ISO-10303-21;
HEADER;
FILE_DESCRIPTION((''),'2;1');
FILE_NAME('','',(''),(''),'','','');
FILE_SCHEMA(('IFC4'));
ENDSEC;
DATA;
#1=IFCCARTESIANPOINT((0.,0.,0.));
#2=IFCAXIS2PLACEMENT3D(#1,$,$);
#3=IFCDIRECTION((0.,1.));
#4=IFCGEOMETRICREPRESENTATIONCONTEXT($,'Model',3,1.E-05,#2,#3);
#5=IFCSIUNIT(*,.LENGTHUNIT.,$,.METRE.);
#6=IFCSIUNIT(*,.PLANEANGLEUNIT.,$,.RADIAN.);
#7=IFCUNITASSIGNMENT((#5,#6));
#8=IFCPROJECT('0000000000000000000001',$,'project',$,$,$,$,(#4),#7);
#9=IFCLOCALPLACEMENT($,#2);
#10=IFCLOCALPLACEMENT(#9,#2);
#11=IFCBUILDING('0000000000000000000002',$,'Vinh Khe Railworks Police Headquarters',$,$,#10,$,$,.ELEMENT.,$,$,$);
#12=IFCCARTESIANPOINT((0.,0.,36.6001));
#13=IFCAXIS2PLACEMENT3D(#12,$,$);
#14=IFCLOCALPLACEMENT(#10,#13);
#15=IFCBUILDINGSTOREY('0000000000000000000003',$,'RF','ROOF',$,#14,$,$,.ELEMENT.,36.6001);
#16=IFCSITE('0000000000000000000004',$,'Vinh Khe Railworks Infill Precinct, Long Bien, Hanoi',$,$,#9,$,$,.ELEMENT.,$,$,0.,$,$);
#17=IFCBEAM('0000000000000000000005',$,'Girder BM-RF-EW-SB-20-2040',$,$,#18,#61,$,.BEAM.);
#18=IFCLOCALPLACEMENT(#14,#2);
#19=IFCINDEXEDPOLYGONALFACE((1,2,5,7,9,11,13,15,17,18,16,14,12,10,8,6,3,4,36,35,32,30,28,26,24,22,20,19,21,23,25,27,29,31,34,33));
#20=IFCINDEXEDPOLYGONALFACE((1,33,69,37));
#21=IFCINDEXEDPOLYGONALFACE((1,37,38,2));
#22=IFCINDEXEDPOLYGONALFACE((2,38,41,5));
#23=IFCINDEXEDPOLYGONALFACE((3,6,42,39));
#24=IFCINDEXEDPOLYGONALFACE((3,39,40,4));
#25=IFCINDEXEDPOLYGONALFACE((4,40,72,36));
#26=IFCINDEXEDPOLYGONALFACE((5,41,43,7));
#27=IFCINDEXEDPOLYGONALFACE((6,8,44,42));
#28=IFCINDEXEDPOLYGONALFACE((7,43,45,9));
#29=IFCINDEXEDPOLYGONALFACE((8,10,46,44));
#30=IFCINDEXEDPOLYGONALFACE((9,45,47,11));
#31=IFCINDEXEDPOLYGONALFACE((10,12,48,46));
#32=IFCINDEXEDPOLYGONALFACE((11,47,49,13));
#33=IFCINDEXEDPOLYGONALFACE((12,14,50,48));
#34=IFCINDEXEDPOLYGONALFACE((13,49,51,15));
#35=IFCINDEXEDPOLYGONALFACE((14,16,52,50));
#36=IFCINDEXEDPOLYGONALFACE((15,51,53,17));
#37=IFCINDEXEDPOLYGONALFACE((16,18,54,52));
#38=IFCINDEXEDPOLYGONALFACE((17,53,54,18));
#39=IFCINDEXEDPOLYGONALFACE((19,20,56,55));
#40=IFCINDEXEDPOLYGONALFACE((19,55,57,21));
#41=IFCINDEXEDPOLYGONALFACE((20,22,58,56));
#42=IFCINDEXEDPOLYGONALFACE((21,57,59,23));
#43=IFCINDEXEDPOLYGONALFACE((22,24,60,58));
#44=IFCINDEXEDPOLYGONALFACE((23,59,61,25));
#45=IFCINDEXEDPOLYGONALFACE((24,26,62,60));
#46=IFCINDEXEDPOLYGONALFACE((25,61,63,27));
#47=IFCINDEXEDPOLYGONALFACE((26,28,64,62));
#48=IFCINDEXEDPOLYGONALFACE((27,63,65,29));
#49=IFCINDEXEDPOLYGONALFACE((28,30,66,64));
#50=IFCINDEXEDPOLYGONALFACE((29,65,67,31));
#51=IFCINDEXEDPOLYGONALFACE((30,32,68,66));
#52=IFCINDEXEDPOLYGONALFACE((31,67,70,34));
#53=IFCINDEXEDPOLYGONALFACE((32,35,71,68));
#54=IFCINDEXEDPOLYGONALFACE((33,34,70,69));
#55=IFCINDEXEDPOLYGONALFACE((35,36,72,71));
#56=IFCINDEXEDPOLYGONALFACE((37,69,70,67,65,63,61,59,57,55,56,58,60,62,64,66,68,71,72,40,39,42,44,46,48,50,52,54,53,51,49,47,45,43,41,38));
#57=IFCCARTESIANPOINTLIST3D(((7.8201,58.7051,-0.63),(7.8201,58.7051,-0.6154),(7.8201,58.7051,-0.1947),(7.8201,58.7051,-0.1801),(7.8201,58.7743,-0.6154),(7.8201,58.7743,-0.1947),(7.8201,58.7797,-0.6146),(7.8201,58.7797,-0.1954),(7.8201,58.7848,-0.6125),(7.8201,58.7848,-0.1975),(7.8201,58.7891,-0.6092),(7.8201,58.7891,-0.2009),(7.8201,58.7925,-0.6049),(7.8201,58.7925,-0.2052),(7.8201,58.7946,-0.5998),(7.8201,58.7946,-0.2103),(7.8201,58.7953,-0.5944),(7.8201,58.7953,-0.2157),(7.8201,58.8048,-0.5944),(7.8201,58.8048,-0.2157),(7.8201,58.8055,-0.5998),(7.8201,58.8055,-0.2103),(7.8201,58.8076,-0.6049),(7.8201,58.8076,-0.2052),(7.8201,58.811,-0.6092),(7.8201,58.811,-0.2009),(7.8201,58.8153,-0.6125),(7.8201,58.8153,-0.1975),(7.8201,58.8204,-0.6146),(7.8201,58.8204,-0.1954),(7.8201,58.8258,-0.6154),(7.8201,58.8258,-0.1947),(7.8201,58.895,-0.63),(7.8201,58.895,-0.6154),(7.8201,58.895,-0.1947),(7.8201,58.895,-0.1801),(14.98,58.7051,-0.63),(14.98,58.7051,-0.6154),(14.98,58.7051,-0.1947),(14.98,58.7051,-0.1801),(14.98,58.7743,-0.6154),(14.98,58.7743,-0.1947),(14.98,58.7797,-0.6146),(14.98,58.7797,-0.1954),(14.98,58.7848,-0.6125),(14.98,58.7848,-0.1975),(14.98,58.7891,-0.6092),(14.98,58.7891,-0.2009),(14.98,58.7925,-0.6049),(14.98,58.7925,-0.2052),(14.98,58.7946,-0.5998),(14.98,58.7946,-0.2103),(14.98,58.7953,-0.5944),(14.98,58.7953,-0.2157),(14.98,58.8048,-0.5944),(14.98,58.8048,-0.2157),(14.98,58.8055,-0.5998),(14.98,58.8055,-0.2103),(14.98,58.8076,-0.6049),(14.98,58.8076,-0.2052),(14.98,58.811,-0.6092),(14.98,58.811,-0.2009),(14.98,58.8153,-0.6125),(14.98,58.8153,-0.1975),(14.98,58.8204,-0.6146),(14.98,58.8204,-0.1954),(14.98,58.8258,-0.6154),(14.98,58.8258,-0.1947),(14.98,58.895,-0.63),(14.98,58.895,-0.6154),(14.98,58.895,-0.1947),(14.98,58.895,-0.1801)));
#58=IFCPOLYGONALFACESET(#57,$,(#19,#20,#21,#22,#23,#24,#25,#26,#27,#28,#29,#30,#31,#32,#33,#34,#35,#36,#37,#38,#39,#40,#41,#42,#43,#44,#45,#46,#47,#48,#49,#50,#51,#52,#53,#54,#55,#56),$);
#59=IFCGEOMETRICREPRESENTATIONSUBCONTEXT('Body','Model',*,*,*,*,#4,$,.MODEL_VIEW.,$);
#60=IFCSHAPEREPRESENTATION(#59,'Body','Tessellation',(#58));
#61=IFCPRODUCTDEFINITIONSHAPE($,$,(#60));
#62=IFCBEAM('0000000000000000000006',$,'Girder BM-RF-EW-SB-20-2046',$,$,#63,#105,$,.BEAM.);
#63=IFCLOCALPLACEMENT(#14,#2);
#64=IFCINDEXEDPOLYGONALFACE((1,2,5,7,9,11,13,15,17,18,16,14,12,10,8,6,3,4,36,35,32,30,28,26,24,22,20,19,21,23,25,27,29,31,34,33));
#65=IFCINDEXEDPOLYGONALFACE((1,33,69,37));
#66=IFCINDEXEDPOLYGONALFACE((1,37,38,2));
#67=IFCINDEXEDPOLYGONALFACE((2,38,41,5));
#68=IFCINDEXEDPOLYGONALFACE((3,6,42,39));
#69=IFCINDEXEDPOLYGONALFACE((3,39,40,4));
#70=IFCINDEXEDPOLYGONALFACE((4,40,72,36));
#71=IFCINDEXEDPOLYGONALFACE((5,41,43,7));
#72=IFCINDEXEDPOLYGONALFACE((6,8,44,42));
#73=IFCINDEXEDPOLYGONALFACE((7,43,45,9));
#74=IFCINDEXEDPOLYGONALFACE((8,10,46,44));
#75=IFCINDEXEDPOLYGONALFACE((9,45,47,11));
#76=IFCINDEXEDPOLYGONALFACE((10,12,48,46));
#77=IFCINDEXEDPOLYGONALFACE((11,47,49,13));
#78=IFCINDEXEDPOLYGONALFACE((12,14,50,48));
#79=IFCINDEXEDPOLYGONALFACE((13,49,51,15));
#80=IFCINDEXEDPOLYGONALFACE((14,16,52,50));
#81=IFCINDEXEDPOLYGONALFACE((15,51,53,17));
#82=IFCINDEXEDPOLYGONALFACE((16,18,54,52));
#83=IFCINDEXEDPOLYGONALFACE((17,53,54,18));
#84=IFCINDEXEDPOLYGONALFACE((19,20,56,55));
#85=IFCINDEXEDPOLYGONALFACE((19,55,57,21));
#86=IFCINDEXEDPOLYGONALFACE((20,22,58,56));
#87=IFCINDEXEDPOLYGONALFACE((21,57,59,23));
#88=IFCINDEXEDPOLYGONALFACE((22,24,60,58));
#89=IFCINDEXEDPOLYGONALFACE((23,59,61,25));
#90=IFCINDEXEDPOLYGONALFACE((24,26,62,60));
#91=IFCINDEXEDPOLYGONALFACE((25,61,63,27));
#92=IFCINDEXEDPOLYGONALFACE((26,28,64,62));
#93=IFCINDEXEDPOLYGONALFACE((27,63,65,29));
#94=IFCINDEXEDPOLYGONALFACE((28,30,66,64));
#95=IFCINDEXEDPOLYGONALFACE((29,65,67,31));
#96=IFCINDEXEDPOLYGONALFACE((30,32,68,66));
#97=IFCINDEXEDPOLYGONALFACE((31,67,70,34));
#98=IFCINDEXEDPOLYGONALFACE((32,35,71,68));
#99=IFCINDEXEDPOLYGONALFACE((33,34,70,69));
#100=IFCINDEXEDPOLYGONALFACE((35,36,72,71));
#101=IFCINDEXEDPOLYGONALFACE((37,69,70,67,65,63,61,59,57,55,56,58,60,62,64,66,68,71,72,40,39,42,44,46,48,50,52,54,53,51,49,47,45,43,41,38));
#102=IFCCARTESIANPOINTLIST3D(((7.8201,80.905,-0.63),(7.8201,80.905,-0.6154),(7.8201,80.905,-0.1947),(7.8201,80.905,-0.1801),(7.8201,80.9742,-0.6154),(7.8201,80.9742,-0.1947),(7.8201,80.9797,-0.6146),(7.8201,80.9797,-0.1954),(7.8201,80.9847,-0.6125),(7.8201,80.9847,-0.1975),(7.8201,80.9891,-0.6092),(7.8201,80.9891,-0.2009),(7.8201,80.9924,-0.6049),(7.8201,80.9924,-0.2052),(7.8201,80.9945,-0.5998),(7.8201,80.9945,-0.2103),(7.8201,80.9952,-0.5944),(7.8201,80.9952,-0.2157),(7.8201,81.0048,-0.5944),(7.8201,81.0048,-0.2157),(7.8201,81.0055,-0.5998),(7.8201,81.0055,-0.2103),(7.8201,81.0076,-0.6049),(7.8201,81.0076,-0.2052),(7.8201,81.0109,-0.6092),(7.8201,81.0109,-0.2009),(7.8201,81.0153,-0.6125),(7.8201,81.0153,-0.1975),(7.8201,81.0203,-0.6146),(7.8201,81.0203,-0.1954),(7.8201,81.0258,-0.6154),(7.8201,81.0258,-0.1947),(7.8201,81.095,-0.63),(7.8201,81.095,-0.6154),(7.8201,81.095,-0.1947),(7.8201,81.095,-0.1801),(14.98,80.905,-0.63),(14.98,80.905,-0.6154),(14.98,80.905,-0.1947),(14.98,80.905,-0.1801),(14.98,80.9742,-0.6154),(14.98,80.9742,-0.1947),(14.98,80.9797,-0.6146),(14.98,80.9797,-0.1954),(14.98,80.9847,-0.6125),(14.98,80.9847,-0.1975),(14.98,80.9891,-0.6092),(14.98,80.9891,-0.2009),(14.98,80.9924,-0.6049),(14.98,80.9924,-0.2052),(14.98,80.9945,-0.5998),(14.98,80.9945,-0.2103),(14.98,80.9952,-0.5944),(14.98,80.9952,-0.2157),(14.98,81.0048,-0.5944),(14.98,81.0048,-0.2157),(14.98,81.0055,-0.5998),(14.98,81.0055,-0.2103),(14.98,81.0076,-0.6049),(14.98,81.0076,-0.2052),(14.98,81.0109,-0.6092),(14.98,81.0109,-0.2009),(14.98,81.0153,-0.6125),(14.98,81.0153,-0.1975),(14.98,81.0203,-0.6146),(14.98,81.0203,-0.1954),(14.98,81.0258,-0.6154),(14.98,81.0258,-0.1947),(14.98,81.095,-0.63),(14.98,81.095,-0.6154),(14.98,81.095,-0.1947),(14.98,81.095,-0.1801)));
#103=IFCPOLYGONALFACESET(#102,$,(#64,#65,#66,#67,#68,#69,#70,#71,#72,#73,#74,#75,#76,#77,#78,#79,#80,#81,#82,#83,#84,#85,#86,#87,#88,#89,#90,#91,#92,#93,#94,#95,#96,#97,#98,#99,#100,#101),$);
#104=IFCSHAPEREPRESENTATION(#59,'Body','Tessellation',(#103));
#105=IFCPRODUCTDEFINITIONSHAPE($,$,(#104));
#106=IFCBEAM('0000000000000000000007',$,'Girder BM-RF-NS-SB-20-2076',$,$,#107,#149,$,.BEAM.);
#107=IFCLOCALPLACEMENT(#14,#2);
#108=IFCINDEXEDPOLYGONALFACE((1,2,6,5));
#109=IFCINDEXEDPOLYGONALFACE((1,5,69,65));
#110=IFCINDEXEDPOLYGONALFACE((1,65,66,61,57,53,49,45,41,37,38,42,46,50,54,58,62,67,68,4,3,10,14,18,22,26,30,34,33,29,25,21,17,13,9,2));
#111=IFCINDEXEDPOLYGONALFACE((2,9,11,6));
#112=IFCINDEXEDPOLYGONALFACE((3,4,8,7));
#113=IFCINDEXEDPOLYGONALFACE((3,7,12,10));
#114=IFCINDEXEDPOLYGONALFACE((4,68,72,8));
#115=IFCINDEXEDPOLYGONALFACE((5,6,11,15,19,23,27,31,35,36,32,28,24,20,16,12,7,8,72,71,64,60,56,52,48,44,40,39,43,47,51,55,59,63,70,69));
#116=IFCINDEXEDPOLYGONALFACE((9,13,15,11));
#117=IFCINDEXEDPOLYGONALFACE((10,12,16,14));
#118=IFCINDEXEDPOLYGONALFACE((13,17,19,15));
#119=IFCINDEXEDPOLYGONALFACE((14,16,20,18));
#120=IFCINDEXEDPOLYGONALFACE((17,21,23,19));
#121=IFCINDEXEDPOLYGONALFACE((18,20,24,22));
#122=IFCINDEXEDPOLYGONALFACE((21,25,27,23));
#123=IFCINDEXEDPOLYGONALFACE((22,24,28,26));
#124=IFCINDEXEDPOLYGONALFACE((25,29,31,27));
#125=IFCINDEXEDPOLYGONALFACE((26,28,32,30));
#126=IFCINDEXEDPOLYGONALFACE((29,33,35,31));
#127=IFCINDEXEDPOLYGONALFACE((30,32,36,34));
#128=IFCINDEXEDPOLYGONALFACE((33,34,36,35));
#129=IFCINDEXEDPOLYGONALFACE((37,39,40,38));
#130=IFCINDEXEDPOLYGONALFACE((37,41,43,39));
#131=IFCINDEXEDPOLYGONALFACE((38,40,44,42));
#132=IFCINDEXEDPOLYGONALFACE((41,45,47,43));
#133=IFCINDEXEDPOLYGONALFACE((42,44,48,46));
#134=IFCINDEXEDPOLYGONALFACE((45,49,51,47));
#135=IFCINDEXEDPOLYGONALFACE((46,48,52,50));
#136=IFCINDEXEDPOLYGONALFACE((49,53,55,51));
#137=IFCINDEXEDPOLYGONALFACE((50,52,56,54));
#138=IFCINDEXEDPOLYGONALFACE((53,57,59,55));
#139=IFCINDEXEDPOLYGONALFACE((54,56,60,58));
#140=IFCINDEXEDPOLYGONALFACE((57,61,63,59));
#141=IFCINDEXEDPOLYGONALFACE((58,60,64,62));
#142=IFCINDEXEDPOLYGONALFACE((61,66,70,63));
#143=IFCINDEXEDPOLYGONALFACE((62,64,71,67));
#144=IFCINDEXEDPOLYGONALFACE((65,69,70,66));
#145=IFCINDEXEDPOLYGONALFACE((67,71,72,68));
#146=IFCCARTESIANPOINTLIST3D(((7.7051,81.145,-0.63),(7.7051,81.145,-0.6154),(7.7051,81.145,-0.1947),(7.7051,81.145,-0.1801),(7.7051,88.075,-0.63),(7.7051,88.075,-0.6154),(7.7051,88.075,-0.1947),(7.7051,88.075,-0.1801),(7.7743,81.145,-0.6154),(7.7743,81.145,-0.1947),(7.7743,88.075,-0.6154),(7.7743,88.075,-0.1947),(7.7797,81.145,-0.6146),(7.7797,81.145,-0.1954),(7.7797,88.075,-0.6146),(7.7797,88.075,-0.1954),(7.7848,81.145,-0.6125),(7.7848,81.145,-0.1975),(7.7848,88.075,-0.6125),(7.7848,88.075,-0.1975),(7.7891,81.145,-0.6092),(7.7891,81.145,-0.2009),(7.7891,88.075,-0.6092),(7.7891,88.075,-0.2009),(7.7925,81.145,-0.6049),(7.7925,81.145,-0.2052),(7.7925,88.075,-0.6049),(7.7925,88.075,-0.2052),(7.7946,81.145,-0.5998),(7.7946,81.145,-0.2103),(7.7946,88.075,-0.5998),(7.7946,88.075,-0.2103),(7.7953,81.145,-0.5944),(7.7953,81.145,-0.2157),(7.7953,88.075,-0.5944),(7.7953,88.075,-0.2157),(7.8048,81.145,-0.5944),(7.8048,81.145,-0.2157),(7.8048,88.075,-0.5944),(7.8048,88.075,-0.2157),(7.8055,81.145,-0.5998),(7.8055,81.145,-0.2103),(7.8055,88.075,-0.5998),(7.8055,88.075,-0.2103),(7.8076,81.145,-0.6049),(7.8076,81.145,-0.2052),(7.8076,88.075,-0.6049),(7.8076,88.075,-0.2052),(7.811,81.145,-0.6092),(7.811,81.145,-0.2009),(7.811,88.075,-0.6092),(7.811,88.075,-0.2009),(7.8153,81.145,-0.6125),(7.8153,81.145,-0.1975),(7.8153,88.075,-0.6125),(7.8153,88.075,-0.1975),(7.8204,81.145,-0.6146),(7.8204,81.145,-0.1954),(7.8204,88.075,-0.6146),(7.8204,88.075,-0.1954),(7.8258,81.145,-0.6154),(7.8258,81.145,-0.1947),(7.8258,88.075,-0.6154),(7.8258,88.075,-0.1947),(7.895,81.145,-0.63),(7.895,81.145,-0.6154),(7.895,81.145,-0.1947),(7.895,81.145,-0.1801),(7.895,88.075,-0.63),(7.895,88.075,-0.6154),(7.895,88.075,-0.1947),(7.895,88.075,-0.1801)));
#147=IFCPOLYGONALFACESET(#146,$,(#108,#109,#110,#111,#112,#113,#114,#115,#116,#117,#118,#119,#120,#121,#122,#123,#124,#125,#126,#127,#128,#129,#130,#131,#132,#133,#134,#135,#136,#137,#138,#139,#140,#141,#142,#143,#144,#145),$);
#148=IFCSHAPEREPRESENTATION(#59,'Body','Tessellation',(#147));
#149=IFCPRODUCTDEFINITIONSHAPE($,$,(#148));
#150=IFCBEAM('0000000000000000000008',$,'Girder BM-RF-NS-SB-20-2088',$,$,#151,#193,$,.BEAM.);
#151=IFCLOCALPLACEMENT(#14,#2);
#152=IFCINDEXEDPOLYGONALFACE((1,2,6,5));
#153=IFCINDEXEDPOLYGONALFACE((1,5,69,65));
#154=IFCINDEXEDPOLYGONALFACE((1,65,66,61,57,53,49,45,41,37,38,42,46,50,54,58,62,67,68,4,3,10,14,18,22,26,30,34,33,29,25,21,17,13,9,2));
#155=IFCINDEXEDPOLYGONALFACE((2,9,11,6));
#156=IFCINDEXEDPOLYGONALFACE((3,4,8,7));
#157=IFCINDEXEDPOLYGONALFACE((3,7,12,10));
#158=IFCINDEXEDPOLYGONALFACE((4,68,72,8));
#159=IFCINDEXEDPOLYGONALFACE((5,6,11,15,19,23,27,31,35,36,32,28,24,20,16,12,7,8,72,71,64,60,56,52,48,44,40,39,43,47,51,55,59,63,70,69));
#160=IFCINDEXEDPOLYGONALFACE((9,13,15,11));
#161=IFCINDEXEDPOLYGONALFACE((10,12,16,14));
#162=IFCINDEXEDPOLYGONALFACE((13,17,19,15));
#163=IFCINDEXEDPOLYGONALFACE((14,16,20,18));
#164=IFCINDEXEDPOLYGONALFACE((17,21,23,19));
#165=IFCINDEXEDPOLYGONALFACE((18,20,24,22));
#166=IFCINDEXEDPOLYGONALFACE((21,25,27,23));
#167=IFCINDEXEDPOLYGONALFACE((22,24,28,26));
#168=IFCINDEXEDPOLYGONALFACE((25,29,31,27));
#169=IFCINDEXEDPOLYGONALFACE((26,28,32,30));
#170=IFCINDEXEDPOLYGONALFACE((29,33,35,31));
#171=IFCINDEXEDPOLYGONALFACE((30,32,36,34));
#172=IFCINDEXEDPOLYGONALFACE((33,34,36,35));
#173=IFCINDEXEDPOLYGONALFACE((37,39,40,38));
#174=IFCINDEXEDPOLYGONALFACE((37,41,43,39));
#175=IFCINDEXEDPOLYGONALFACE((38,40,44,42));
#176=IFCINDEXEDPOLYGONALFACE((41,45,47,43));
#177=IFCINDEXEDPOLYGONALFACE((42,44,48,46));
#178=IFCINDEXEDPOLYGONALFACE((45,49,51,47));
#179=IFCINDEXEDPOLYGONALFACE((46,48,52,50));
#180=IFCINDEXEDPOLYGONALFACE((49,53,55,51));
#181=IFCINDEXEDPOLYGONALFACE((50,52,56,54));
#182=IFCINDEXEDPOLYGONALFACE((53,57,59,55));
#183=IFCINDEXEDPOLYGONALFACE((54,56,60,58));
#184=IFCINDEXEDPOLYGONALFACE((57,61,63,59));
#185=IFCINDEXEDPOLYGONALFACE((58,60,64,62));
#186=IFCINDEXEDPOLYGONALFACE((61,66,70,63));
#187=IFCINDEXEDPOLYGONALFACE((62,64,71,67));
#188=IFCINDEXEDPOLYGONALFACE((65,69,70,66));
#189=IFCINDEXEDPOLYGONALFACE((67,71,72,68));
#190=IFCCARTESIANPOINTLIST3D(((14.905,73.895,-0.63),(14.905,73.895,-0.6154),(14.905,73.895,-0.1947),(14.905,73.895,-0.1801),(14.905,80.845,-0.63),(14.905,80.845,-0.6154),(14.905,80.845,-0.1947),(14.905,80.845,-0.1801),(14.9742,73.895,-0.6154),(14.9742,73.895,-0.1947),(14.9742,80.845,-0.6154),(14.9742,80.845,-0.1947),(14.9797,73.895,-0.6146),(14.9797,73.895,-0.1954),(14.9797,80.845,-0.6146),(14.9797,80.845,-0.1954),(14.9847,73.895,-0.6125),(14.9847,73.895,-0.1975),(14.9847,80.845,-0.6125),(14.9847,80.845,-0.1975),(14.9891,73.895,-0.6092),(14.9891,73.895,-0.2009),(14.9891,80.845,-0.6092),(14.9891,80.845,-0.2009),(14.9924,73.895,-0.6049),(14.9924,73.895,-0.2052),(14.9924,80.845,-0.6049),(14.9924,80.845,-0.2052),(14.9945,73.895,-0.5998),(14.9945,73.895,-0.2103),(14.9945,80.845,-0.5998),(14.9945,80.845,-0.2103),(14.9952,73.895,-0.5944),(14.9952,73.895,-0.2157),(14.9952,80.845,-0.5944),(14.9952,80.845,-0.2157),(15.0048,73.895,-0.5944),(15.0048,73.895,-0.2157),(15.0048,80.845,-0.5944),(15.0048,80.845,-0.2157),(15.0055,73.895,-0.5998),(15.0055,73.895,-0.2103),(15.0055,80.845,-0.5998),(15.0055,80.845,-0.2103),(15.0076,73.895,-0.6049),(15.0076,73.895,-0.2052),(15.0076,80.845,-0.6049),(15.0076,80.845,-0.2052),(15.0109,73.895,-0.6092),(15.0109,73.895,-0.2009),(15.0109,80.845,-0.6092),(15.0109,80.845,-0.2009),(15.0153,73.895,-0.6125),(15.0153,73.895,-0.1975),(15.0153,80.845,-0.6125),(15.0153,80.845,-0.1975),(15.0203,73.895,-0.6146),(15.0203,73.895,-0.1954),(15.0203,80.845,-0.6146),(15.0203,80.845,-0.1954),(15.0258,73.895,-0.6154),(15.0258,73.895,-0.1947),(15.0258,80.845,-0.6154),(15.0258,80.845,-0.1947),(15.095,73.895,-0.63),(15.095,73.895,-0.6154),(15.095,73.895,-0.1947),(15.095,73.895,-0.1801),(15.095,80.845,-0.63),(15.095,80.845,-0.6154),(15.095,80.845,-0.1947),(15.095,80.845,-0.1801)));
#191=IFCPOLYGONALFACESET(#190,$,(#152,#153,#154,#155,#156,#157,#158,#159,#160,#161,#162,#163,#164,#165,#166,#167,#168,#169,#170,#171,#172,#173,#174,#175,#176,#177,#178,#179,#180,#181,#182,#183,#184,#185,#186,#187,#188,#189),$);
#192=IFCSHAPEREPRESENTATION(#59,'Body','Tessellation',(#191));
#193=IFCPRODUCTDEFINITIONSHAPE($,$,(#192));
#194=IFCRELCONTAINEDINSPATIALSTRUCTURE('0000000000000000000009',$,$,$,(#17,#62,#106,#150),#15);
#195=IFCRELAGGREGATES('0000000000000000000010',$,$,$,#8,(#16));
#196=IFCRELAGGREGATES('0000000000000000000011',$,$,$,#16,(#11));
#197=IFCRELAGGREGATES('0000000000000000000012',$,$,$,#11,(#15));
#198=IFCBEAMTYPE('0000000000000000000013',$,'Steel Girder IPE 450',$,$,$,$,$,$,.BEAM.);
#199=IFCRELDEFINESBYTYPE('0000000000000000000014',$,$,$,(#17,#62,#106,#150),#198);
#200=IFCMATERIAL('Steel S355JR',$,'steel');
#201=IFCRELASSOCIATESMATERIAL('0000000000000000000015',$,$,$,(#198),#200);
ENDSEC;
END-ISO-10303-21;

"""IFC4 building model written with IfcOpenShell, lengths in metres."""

from ifc_helpers import new_model, si_unit, direction, frame, origin, origin_2d, place, context, subcontext, project, spatial, i_section, extrude, material, material_profile, profile_set, type_object, element, save


model = new_model("IFC4")

# Units and contexts
model_context = context("Model", 3, precision=1e-05, world=origin(), true_north=direction((0.0, 1.0)))
body_context = subcontext(model_context, "Body", "Model", "MODEL_VIEW")
ifc_project = project(units=[si_unit("LENGTHUNIT", "METRE"), si_unit("PLANEANGLEUNIT", "RADIAN")], contexts=[model_context])

# Site, building, storey
site_placement = place(None, origin())
site = spatial("IfcSite", under=ifc_project, at=site_placement, Name="Vinh Khe Railworks Infill Precinct, Long Bien, Hanoi", CompositionType="ELEMENT", RefElevation=0.0)
building_placement = place(site_placement, origin())
building = spatial("IfcBuilding", under=site, at=building_placement, Name="Vinh Khe Railworks Police Headquarters", CompositionType="ELEMENT")
storey_placement = place(building_placement, frame((0.0, 0.0, 36.6001)))
storey = spatial("IfcBuildingStorey", under=building, at=storey_placement, Name="RF", Description="ROOF", CompositionType="ELEMENT", Elevation=36.6001)

# Shared definitions
ifc_material_1 = material(Name="Steel S355JR", Category="steel")

# Beams
ifc_material_profile_1 = material_profile(ifc_material_1, i_section(OverallWidth=0.1899, OverallDepth=0.45, WebThickness=0.0095, FlangeThickness=0.0146, FilletRadius=0.021, at=origin_2d()), Name="IPE 450")
ifc_profile_set_1 = profile_set([ifc_material_profile_1], Name="Steel S355JR")
beam_type_1 = type_object("IfcBeamType", Name="Steel Girder IPE 450", PredefinedType="BEAM", material=ifc_profile_set_1)
for number, where, z_axis, x_axis, name in (
    (1, (7.8201, 58.8, -0.405), (1.0, 0.0, 0.0), (0.0, 1.0, 0.0), "Girder BM-RF-EW-SB-20-2040"),
    (2, (7.8201, 81.0, -0.405), (1.0, 0.0, 0.0), (0.0, 1.0, 0.0), "Girder BM-RF-EW-SB-20-2046"),
):
    element("IfcBeam", number, at=place(storey_placement, frame(where, z_axis=z_axis, x_axis=x_axis)), inside=storey, type_object=beam_type_1, Name=name, PredefinedType="BEAM", context=body_context, shape_type="SweptSolid", body=[
        extrude(i_section(OverallWidth=0.1899, OverallDepth=0.45, WebThickness=0.0095, FlangeThickness=0.0146, FilletRadius=0.021, at=origin_2d()), origin(), (0.0, 0.0, 1.0), 7.1599),
    ])
beam_1_placement = place(storey_placement, frame((7.8, 81.145, -0.405), z_axis=(0.0, 1.0, 0.0), x_axis=(-1.0, 0.0, 0.0)))
element("IfcBeam", 3, at=beam_1_placement, inside=storey, type_object=beam_type_1, Name="Girder BM-RF-NS-SB-20-2076", PredefinedType="BEAM", context=body_context, shape_type="SweptSolid", body=[
    extrude(i_section(OverallWidth=0.1899, OverallDepth=0.45, WebThickness=0.0095, FlangeThickness=0.0146, FilletRadius=0.021, at=origin_2d()), origin(), (0.0, 0.0, 1.0), 6.9299),
])
beam_2_placement = place(storey_placement, frame((15.0, 73.895, -0.405), z_axis=(0.0, 1.0, 0.0), x_axis=(-1.0, 0.0, 0.0)))
element("IfcBeam", 4, at=beam_2_placement, inside=storey, type_object=beam_type_1, Name="Girder BM-RF-NS-SB-20-2088", PredefinedType="BEAM", context=body_context, shape_type="SweptSolid", body=[
    extrude(i_section(OverallWidth=0.1899, OverallDepth=0.45, WebThickness=0.0095, FlangeThickness=0.0146, FilletRadius=0.021, at=origin_2d()), origin(), (0.0, 0.0, 1.0), 6.95),
])

save(model, "model.ifc")
